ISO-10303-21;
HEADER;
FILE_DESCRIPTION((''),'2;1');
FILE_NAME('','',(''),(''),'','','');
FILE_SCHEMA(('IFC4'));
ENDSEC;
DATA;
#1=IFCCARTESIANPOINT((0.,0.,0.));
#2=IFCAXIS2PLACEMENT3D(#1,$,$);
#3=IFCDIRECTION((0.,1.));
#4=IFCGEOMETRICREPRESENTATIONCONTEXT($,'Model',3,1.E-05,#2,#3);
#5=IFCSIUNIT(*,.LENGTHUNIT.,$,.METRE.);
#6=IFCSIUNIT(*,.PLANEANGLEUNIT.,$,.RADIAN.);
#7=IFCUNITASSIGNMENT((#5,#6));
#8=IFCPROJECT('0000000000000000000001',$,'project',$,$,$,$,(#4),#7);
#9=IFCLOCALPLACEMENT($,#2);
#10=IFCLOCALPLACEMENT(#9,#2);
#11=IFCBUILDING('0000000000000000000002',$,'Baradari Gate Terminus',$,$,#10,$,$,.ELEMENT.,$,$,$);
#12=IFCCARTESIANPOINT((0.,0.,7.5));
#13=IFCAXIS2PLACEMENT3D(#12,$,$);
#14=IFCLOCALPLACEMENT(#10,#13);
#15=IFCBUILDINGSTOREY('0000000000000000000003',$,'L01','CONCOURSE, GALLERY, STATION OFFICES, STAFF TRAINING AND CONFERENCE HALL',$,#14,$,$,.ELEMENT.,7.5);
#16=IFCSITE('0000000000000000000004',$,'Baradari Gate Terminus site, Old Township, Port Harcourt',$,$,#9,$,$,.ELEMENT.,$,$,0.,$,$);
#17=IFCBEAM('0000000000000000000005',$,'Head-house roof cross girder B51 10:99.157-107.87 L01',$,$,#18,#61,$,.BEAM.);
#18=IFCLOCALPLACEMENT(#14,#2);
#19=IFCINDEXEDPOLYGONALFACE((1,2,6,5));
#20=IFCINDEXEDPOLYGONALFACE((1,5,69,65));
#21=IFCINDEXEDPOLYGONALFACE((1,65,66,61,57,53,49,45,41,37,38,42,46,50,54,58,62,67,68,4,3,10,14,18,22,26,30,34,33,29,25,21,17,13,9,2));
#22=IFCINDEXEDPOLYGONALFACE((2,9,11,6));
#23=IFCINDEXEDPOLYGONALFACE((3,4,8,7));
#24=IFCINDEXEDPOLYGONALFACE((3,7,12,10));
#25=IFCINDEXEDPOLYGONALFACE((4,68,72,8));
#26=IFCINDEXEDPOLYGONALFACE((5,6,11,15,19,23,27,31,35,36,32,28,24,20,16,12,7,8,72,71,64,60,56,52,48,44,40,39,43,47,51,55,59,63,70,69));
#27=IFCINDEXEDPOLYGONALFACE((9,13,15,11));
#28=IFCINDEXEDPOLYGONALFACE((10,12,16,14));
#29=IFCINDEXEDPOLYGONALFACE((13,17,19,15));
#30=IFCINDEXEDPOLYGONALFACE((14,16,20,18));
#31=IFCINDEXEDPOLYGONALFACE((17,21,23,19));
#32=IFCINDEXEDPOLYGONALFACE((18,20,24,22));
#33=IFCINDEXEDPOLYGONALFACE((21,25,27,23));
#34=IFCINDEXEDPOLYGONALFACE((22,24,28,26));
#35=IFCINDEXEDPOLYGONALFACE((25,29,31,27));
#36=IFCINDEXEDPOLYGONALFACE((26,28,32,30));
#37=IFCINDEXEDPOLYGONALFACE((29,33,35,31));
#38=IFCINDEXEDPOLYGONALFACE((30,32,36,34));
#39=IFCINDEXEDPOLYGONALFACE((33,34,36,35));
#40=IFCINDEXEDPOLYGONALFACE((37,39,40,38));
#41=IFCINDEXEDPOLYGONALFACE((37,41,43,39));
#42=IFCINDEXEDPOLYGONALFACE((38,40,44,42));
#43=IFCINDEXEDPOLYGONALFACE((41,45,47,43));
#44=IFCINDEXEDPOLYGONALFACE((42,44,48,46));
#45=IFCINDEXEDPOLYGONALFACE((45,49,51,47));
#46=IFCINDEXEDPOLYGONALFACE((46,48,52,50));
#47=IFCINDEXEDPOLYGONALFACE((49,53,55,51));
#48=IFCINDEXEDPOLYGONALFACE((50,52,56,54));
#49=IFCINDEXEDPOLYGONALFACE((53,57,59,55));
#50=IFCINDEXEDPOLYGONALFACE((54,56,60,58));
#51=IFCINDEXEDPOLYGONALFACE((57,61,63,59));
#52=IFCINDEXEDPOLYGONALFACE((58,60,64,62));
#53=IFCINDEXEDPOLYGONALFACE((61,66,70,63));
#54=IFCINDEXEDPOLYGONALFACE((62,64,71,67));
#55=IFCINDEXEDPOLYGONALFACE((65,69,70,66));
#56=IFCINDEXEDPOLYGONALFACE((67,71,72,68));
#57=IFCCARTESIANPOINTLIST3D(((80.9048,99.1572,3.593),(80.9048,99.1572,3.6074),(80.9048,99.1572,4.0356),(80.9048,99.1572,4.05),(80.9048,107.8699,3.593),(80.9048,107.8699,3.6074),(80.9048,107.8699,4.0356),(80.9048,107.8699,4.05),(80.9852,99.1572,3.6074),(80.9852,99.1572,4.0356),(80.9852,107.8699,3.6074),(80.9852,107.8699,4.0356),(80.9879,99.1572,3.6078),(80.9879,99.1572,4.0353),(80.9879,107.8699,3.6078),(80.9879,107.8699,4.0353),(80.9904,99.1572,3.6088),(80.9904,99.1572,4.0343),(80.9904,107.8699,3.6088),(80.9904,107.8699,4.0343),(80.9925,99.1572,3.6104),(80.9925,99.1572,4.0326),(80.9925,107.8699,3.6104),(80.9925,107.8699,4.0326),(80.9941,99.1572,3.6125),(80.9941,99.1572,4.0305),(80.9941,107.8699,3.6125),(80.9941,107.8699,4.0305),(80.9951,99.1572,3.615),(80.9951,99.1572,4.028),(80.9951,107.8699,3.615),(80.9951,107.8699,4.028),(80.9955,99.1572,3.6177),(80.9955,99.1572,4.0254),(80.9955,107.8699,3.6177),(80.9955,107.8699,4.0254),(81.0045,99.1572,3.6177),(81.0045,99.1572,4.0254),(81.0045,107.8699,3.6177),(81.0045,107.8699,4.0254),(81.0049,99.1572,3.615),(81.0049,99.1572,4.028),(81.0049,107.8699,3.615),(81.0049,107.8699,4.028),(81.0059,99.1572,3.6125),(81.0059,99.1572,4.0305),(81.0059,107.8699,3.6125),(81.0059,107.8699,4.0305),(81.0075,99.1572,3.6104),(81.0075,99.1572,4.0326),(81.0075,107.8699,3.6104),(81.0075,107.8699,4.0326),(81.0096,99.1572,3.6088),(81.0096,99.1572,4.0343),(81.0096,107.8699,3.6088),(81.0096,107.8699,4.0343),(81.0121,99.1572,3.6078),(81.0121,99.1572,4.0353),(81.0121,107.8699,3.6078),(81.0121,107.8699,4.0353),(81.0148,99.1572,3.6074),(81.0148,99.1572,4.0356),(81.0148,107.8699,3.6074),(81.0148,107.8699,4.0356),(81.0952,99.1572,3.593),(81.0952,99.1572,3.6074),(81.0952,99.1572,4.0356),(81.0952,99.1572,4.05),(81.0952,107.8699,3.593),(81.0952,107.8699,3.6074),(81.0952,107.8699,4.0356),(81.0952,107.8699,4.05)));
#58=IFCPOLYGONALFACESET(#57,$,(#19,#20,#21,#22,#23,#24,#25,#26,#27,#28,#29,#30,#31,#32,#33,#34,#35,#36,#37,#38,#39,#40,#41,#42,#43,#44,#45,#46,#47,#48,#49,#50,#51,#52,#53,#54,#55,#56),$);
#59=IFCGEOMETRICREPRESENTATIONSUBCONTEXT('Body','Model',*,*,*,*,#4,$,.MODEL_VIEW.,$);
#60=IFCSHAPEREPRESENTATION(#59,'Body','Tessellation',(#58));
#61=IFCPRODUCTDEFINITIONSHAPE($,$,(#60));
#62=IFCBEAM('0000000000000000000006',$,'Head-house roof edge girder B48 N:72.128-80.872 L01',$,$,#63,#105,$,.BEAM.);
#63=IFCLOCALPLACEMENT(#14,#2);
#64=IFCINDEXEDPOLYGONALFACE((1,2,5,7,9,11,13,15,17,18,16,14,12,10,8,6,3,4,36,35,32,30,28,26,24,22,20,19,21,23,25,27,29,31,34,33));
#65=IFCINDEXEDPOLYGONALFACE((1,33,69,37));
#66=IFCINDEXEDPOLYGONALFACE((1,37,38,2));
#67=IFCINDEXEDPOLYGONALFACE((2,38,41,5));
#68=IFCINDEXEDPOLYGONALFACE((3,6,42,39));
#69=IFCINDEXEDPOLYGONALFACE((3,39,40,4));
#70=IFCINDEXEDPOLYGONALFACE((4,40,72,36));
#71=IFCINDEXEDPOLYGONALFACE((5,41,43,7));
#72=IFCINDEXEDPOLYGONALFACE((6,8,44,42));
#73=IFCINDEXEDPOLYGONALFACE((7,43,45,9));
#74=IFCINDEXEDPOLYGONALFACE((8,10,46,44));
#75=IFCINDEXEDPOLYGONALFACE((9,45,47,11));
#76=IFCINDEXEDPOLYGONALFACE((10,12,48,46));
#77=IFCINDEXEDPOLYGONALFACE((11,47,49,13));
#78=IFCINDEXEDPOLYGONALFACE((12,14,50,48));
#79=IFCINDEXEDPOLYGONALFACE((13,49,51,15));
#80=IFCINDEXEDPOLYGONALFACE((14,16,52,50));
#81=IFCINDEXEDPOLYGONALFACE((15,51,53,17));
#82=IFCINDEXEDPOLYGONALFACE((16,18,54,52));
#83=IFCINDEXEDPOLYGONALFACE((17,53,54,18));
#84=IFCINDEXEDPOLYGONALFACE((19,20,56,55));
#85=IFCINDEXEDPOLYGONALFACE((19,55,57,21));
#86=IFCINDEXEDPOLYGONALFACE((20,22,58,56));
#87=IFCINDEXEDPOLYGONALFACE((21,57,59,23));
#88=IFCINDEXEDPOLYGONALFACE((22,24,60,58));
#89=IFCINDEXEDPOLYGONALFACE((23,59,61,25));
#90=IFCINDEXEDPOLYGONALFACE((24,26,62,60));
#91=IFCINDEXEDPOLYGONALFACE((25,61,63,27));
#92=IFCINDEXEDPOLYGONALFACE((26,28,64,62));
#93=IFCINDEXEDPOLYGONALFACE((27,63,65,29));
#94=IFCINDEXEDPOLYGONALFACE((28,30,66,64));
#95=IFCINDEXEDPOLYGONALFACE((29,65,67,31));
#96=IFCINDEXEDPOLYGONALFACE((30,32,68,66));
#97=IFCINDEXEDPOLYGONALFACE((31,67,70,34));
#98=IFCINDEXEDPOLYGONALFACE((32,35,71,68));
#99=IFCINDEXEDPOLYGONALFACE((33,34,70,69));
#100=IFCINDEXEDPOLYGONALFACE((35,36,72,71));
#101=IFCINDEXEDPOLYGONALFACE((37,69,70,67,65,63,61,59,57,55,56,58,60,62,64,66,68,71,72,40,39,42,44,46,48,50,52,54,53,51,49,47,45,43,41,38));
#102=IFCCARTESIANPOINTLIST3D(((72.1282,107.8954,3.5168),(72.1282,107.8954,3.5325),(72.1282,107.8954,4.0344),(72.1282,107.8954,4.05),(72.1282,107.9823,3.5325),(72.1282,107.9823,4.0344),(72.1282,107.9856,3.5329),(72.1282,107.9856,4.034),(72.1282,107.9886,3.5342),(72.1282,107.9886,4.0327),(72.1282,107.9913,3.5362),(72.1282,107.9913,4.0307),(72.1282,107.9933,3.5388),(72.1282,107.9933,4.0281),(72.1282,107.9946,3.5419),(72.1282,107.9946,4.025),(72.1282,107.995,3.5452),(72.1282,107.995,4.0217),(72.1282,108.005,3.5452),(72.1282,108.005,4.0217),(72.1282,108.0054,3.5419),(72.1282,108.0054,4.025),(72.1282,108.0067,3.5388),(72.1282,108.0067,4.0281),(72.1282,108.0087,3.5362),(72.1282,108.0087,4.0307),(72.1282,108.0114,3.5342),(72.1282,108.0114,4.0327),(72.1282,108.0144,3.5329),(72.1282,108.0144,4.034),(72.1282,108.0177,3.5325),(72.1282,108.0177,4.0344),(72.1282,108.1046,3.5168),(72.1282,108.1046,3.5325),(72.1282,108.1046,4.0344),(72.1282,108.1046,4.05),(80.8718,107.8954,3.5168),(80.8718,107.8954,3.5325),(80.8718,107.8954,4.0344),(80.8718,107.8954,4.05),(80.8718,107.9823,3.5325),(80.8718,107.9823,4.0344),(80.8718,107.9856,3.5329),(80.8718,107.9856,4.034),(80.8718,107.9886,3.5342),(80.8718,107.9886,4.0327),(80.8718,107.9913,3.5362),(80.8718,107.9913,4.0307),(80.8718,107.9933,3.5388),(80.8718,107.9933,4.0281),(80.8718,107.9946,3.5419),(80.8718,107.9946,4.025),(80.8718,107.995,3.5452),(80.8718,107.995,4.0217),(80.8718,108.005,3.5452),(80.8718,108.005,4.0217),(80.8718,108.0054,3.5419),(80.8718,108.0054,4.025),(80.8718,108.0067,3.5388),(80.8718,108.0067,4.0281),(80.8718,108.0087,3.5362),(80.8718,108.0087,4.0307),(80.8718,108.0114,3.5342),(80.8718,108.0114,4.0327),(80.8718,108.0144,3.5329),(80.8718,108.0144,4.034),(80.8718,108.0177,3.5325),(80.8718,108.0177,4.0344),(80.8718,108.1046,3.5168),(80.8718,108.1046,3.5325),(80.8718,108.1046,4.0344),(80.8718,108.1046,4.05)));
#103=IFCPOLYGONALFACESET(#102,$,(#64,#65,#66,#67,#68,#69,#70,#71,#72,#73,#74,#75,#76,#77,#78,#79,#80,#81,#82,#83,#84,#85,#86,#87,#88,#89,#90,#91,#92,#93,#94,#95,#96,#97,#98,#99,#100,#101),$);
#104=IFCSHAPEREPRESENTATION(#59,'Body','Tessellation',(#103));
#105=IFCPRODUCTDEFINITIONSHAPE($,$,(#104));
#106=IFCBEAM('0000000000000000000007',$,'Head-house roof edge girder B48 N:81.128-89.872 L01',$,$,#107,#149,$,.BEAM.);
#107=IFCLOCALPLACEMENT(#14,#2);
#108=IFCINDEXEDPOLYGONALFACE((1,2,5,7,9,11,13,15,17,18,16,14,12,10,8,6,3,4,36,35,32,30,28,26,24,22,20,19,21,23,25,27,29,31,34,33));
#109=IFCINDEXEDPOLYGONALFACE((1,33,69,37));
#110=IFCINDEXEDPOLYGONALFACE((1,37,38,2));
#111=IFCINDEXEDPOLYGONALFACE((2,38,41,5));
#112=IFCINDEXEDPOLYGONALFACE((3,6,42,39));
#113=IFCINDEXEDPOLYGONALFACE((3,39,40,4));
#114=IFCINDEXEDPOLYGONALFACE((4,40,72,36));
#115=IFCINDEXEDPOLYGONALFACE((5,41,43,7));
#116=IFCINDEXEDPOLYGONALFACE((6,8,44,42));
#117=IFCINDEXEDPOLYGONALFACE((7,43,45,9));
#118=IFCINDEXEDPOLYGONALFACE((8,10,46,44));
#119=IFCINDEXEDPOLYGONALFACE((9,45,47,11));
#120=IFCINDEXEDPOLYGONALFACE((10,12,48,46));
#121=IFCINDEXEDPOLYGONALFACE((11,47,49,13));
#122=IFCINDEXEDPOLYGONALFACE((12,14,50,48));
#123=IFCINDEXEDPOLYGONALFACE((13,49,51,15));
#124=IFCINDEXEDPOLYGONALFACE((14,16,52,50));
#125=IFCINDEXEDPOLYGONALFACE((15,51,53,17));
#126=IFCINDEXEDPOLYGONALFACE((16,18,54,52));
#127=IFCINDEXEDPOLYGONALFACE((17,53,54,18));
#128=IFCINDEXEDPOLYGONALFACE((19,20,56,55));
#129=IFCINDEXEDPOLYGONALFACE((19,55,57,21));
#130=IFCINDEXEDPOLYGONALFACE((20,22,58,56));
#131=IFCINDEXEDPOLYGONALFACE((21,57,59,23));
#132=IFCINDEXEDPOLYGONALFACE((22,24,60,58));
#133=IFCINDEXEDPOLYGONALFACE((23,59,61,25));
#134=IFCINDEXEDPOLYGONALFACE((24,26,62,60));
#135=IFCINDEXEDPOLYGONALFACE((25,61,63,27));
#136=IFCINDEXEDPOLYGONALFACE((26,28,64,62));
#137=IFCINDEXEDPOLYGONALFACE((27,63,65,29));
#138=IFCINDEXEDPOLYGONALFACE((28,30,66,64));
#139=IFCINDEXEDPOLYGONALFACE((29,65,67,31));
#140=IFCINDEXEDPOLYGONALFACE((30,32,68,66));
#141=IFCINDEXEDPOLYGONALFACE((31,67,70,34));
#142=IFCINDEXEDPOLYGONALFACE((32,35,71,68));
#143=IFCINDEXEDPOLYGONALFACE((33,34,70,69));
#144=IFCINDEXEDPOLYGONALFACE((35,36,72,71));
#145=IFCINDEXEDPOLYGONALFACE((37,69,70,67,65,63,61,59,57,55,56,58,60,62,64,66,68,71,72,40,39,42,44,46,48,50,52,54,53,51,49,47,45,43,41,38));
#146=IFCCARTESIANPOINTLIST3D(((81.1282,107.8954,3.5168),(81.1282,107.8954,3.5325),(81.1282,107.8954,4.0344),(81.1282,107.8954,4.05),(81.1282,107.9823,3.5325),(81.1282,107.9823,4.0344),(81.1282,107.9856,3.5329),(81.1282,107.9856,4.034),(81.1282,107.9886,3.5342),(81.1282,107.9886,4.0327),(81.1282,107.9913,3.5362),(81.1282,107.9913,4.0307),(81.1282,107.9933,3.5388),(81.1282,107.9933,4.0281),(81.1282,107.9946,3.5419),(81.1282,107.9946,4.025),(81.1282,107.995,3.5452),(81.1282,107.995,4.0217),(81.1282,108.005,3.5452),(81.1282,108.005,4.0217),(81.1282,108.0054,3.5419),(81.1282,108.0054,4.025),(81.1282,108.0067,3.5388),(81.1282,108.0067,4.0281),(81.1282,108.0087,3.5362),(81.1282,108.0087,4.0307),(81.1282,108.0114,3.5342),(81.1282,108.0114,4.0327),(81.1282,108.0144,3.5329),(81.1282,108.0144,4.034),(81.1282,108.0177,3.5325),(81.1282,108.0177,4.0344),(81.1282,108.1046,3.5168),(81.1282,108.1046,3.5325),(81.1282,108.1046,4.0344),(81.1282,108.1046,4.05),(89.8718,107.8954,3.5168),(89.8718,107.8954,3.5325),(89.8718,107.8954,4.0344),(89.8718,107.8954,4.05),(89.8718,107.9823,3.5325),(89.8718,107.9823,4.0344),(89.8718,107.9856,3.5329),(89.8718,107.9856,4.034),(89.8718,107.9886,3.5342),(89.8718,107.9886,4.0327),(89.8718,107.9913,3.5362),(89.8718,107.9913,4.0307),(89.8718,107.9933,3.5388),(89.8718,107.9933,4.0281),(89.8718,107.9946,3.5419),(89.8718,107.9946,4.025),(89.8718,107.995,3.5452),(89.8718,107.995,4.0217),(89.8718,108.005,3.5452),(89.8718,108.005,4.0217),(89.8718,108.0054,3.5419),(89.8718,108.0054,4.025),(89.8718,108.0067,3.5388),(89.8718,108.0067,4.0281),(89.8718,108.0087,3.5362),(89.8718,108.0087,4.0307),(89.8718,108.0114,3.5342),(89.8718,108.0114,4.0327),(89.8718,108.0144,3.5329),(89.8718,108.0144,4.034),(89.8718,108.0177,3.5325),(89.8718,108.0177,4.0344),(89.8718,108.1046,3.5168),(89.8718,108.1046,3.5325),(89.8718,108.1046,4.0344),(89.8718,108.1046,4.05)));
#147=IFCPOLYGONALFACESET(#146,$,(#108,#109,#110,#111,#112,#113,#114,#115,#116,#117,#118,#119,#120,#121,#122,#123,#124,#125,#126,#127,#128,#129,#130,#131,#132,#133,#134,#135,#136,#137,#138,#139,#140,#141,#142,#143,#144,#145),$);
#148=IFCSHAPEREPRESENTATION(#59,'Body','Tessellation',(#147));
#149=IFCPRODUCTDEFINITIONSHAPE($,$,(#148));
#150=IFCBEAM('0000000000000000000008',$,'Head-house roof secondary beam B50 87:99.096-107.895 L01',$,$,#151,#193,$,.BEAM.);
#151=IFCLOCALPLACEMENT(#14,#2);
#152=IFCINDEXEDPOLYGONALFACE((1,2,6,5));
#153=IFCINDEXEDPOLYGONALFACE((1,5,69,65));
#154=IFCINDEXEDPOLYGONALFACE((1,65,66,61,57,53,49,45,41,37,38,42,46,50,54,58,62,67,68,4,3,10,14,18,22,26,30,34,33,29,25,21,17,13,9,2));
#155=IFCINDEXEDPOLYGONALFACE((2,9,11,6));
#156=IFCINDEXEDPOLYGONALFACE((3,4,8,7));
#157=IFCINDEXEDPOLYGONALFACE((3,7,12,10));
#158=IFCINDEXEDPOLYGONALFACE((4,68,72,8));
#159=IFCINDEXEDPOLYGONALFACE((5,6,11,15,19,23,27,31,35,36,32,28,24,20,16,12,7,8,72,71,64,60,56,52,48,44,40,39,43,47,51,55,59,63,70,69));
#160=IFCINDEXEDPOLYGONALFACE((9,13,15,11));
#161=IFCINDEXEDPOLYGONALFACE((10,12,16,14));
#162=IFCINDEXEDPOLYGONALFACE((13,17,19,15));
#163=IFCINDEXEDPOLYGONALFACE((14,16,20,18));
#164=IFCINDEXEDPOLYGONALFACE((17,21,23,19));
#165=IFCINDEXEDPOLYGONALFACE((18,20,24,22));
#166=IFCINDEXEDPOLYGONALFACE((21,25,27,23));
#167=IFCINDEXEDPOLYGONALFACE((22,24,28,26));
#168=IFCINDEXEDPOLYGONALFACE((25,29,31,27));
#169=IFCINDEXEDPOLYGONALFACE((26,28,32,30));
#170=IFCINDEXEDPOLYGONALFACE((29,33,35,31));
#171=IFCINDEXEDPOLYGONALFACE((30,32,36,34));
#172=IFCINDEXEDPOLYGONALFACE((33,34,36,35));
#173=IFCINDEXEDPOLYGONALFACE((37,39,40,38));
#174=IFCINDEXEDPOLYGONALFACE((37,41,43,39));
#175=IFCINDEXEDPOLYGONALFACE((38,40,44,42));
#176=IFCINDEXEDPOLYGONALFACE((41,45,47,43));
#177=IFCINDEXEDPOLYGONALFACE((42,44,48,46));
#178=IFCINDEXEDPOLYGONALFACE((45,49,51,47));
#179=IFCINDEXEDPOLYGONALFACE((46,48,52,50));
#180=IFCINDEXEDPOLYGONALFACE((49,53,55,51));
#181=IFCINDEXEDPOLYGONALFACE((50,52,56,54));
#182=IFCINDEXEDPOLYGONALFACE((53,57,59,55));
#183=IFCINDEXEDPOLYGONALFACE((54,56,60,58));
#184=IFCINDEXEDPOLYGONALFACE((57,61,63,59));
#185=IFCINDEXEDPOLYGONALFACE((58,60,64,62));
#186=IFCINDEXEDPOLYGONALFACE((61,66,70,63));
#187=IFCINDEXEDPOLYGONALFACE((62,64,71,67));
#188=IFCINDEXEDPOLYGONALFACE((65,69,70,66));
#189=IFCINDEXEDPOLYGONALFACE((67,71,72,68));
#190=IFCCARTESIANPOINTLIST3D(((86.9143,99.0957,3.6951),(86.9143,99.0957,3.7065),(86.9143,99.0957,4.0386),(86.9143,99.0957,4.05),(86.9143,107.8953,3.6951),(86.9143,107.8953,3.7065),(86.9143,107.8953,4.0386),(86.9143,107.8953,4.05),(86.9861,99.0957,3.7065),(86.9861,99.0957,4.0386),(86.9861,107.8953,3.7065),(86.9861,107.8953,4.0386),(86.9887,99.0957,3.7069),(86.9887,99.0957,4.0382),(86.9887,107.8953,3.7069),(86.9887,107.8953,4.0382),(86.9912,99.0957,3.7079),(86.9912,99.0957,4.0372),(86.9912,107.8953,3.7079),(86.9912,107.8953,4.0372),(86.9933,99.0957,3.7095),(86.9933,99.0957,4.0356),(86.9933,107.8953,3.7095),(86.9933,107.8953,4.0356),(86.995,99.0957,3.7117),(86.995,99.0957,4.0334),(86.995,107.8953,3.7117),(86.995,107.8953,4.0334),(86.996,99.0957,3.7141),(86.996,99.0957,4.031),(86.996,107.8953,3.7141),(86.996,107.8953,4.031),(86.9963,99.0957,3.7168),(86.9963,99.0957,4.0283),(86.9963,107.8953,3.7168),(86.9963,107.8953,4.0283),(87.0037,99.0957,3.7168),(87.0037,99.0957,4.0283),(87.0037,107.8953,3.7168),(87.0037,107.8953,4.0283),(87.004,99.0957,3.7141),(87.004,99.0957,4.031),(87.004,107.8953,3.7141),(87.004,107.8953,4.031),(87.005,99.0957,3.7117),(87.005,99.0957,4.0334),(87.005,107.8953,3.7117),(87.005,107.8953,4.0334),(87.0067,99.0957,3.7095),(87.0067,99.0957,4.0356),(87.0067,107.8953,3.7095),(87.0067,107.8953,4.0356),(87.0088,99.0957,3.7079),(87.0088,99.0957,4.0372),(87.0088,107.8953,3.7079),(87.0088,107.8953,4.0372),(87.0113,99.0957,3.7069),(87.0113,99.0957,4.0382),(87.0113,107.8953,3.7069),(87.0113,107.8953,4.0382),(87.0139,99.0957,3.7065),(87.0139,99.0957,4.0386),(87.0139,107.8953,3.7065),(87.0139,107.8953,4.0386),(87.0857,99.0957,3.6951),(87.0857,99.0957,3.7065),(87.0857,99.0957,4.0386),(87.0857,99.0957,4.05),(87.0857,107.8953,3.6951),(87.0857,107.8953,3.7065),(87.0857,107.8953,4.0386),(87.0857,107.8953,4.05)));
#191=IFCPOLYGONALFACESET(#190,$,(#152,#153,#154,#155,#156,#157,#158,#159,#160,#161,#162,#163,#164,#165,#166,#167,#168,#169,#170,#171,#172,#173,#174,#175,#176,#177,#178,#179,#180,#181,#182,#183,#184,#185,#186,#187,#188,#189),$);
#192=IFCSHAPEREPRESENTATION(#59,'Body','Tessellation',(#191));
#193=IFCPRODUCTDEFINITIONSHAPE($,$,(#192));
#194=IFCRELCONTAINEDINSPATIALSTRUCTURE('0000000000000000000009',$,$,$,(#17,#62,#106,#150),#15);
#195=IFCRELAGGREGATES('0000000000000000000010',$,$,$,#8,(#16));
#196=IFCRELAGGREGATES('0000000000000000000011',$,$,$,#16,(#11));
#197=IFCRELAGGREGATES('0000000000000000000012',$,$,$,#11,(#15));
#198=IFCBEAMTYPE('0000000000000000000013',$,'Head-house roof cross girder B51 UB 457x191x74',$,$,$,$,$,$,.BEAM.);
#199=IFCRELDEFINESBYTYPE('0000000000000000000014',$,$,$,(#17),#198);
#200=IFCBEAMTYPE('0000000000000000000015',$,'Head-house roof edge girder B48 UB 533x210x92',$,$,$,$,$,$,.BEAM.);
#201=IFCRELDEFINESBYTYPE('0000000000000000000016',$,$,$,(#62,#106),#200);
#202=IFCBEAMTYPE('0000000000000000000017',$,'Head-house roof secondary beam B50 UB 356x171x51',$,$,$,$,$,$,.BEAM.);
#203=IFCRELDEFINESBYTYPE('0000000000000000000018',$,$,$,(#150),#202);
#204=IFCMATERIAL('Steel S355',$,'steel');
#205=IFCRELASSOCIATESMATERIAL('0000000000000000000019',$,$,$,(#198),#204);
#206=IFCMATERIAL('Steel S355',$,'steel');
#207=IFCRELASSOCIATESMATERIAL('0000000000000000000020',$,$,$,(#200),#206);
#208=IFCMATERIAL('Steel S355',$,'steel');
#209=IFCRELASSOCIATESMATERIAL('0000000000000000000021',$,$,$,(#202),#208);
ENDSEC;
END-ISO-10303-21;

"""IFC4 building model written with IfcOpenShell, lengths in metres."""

from ifc_helpers import new_model, si_unit, direction, frame, origin, origin_2d, place, context, subcontext, project, spatial, i_section, extrude, material, material_profile, profile_set, type_object, element, save


model = new_model("IFC4")

# Units and contexts
model_context = context("Model", 3, precision=1e-05, world=origin(), true_north=direction((0.0, 1.0)))
body_context = subcontext(model_context, "Body", "Model", "MODEL_VIEW")
ifc_project = project(units=[si_unit("LENGTHUNIT", "METRE"), si_unit("PLANEANGLEUNIT", "RADIAN")], contexts=[model_context])

# Site, building, storey
site_placement = place(None, origin())
site = spatial("IfcSite", under=ifc_project, at=site_placement, Name="Baradari Gate Terminus site, Old Township, Port Harcourt", CompositionType="ELEMENT", RefElevation=0.0)
building_placement = place(site_placement, origin())
building = spatial("IfcBuilding", under=site, at=building_placement, Name="Baradari Gate Terminus", CompositionType="ELEMENT")
storey_placement = place(building_placement, frame((0.0, 0.0, 7.5)))
storey = spatial("IfcBuildingStorey", under=building, at=storey_placement, Name="L01", Description="CONCOURSE, GALLERY, STATION OFFICES, STAFF TRAINING AND CONFERENCE HALL", CompositionType="ELEMENT", Elevation=7.5)

# Beams
ifc_material_1 = material(Name="Steel S355", Category="steel")
ifc_material_profile_1 = material_profile(ifc_material_1, i_section(OverallWidth=0.1904, OverallDepth=0.457, WebThickness=0.009, FlangeThickness=0.0144, FilletRadius=0.0103, at=origin_2d()), Name="UB 457x191x74")
ifc_profile_set_1 = profile_set([ifc_material_profile_1], Name="Steel S355")
beam_type_1 = type_object("IfcBeamType", Name="Head-house roof cross girder B51 UB 457x191x74", PredefinedType="BEAM", material=ifc_profile_set_1)
for number, where, z_axis, x_axis, name in (
    (1, (81.0, 99.1572, 3.8215), (0.0, 1.0, 0.0), (-1.0, 0.0, 0.0), "Head-house roof cross girder B51 10:99.157-107.87 L01"),
):
    element("IfcBeam", number, at=place(storey_placement, frame(where, z_axis=z_axis, x_axis=x_axis)), inside=storey, type_object=beam_type_1, Name=name, PredefinedType="BEAM", context=body_context, shape_type="SweptSolid", body=[
        extrude(i_section(OverallWidth=0.1904, OverallDepth=0.457, WebThickness=0.009, FlangeThickness=0.0144, FilletRadius=0.0103, at=origin_2d()), origin(), (0.0, 0.0, 1.0), 8.7126),
    ])
ifc_material_2 = material(Name="Steel S355", Category="steel")
ifc_material_profile_2 = material_profile(ifc_material_2, i_section(OverallWidth=0.2092, OverallDepth=0.5332, WebThickness=0.01, FlangeThickness=0.0156, FilletRadius=0.0127, at=origin_2d()), Name="UB 533x210x92")
ifc_profile_set_2 = profile_set([ifc_material_profile_2], Name="Steel S355")
beam_type_2 = type_object("IfcBeamType", Name="Head-house roof edge girder B48 UB 533x210x92", PredefinedType="BEAM", material=ifc_profile_set_2)
for number, where, z_axis, x_axis, name in (
    (2, (72.1282, 108.0, 3.7834), (1.0, 0.0, 0.0), (0.0, 1.0, 0.0), "Head-house roof edge girder B48 N:72.128-80.872 L01"),
    (3, (81.1282, 108.0, 3.7834), (1.0, 0.0, 0.0), (0.0, 1.0, 0.0), "Head-house roof edge girder B48 N:81.128-89.872 L01"),
):
    element("IfcBeam", number, at=place(storey_placement, frame(where, z_axis=z_axis, x_axis=x_axis)), inside=storey, type_object=beam_type_2, Name=name, PredefinedType="BEAM", context=body_context, shape_type="SweptSolid", body=[
        extrude(i_section(OverallWidth=0.2092, OverallDepth=0.5332, WebThickness=0.01, FlangeThickness=0.0156, FilletRadius=0.0127, at=origin_2d()), origin(), (0.0, 0.0, 1.0), 8.7437),
    ])
ifc_material_3 = material(Name="Steel S355", Category="steel")
ifc_material_profile_3 = material_profile(ifc_material_3, i_section(OverallWidth=0.1714, OverallDepth=0.355, WebThickness=0.0073, FlangeThickness=0.0115, FilletRadius=0.0103, at=origin_2d()), Name="UB 356x171x51")
ifc_profile_set_3 = profile_set([ifc_material_profile_3], Name="Steel S355")
beam_type_3 = type_object("IfcBeamType", Name="Head-house roof secondary beam B50 UB 356x171x51", PredefinedType="BEAM", material=ifc_profile_set_3)
beam_1_placement = place(storey_placement, frame((87.0, 99.0957, 3.8726), z_axis=(0.0, 1.0, 0.0), x_axis=(-1.0, 0.0, 0.0)))
element("IfcBeam", 4, at=beam_1_placement, inside=storey, type_object=beam_type_3, Name="Head-house roof secondary beam B50 87:99.096-107.895 L01", PredefinedType="BEAM", context=body_context, shape_type="SweptSolid", body=[
    extrude(i_section(OverallWidth=0.1714, OverallDepth=0.355, WebThickness=0.0073, FlangeThickness=0.0115, FilletRadius=0.0103, at=origin_2d()), origin(), (0.0, 0.0, 1.0), 8.7996),
])

save(model, "model.ifc")
